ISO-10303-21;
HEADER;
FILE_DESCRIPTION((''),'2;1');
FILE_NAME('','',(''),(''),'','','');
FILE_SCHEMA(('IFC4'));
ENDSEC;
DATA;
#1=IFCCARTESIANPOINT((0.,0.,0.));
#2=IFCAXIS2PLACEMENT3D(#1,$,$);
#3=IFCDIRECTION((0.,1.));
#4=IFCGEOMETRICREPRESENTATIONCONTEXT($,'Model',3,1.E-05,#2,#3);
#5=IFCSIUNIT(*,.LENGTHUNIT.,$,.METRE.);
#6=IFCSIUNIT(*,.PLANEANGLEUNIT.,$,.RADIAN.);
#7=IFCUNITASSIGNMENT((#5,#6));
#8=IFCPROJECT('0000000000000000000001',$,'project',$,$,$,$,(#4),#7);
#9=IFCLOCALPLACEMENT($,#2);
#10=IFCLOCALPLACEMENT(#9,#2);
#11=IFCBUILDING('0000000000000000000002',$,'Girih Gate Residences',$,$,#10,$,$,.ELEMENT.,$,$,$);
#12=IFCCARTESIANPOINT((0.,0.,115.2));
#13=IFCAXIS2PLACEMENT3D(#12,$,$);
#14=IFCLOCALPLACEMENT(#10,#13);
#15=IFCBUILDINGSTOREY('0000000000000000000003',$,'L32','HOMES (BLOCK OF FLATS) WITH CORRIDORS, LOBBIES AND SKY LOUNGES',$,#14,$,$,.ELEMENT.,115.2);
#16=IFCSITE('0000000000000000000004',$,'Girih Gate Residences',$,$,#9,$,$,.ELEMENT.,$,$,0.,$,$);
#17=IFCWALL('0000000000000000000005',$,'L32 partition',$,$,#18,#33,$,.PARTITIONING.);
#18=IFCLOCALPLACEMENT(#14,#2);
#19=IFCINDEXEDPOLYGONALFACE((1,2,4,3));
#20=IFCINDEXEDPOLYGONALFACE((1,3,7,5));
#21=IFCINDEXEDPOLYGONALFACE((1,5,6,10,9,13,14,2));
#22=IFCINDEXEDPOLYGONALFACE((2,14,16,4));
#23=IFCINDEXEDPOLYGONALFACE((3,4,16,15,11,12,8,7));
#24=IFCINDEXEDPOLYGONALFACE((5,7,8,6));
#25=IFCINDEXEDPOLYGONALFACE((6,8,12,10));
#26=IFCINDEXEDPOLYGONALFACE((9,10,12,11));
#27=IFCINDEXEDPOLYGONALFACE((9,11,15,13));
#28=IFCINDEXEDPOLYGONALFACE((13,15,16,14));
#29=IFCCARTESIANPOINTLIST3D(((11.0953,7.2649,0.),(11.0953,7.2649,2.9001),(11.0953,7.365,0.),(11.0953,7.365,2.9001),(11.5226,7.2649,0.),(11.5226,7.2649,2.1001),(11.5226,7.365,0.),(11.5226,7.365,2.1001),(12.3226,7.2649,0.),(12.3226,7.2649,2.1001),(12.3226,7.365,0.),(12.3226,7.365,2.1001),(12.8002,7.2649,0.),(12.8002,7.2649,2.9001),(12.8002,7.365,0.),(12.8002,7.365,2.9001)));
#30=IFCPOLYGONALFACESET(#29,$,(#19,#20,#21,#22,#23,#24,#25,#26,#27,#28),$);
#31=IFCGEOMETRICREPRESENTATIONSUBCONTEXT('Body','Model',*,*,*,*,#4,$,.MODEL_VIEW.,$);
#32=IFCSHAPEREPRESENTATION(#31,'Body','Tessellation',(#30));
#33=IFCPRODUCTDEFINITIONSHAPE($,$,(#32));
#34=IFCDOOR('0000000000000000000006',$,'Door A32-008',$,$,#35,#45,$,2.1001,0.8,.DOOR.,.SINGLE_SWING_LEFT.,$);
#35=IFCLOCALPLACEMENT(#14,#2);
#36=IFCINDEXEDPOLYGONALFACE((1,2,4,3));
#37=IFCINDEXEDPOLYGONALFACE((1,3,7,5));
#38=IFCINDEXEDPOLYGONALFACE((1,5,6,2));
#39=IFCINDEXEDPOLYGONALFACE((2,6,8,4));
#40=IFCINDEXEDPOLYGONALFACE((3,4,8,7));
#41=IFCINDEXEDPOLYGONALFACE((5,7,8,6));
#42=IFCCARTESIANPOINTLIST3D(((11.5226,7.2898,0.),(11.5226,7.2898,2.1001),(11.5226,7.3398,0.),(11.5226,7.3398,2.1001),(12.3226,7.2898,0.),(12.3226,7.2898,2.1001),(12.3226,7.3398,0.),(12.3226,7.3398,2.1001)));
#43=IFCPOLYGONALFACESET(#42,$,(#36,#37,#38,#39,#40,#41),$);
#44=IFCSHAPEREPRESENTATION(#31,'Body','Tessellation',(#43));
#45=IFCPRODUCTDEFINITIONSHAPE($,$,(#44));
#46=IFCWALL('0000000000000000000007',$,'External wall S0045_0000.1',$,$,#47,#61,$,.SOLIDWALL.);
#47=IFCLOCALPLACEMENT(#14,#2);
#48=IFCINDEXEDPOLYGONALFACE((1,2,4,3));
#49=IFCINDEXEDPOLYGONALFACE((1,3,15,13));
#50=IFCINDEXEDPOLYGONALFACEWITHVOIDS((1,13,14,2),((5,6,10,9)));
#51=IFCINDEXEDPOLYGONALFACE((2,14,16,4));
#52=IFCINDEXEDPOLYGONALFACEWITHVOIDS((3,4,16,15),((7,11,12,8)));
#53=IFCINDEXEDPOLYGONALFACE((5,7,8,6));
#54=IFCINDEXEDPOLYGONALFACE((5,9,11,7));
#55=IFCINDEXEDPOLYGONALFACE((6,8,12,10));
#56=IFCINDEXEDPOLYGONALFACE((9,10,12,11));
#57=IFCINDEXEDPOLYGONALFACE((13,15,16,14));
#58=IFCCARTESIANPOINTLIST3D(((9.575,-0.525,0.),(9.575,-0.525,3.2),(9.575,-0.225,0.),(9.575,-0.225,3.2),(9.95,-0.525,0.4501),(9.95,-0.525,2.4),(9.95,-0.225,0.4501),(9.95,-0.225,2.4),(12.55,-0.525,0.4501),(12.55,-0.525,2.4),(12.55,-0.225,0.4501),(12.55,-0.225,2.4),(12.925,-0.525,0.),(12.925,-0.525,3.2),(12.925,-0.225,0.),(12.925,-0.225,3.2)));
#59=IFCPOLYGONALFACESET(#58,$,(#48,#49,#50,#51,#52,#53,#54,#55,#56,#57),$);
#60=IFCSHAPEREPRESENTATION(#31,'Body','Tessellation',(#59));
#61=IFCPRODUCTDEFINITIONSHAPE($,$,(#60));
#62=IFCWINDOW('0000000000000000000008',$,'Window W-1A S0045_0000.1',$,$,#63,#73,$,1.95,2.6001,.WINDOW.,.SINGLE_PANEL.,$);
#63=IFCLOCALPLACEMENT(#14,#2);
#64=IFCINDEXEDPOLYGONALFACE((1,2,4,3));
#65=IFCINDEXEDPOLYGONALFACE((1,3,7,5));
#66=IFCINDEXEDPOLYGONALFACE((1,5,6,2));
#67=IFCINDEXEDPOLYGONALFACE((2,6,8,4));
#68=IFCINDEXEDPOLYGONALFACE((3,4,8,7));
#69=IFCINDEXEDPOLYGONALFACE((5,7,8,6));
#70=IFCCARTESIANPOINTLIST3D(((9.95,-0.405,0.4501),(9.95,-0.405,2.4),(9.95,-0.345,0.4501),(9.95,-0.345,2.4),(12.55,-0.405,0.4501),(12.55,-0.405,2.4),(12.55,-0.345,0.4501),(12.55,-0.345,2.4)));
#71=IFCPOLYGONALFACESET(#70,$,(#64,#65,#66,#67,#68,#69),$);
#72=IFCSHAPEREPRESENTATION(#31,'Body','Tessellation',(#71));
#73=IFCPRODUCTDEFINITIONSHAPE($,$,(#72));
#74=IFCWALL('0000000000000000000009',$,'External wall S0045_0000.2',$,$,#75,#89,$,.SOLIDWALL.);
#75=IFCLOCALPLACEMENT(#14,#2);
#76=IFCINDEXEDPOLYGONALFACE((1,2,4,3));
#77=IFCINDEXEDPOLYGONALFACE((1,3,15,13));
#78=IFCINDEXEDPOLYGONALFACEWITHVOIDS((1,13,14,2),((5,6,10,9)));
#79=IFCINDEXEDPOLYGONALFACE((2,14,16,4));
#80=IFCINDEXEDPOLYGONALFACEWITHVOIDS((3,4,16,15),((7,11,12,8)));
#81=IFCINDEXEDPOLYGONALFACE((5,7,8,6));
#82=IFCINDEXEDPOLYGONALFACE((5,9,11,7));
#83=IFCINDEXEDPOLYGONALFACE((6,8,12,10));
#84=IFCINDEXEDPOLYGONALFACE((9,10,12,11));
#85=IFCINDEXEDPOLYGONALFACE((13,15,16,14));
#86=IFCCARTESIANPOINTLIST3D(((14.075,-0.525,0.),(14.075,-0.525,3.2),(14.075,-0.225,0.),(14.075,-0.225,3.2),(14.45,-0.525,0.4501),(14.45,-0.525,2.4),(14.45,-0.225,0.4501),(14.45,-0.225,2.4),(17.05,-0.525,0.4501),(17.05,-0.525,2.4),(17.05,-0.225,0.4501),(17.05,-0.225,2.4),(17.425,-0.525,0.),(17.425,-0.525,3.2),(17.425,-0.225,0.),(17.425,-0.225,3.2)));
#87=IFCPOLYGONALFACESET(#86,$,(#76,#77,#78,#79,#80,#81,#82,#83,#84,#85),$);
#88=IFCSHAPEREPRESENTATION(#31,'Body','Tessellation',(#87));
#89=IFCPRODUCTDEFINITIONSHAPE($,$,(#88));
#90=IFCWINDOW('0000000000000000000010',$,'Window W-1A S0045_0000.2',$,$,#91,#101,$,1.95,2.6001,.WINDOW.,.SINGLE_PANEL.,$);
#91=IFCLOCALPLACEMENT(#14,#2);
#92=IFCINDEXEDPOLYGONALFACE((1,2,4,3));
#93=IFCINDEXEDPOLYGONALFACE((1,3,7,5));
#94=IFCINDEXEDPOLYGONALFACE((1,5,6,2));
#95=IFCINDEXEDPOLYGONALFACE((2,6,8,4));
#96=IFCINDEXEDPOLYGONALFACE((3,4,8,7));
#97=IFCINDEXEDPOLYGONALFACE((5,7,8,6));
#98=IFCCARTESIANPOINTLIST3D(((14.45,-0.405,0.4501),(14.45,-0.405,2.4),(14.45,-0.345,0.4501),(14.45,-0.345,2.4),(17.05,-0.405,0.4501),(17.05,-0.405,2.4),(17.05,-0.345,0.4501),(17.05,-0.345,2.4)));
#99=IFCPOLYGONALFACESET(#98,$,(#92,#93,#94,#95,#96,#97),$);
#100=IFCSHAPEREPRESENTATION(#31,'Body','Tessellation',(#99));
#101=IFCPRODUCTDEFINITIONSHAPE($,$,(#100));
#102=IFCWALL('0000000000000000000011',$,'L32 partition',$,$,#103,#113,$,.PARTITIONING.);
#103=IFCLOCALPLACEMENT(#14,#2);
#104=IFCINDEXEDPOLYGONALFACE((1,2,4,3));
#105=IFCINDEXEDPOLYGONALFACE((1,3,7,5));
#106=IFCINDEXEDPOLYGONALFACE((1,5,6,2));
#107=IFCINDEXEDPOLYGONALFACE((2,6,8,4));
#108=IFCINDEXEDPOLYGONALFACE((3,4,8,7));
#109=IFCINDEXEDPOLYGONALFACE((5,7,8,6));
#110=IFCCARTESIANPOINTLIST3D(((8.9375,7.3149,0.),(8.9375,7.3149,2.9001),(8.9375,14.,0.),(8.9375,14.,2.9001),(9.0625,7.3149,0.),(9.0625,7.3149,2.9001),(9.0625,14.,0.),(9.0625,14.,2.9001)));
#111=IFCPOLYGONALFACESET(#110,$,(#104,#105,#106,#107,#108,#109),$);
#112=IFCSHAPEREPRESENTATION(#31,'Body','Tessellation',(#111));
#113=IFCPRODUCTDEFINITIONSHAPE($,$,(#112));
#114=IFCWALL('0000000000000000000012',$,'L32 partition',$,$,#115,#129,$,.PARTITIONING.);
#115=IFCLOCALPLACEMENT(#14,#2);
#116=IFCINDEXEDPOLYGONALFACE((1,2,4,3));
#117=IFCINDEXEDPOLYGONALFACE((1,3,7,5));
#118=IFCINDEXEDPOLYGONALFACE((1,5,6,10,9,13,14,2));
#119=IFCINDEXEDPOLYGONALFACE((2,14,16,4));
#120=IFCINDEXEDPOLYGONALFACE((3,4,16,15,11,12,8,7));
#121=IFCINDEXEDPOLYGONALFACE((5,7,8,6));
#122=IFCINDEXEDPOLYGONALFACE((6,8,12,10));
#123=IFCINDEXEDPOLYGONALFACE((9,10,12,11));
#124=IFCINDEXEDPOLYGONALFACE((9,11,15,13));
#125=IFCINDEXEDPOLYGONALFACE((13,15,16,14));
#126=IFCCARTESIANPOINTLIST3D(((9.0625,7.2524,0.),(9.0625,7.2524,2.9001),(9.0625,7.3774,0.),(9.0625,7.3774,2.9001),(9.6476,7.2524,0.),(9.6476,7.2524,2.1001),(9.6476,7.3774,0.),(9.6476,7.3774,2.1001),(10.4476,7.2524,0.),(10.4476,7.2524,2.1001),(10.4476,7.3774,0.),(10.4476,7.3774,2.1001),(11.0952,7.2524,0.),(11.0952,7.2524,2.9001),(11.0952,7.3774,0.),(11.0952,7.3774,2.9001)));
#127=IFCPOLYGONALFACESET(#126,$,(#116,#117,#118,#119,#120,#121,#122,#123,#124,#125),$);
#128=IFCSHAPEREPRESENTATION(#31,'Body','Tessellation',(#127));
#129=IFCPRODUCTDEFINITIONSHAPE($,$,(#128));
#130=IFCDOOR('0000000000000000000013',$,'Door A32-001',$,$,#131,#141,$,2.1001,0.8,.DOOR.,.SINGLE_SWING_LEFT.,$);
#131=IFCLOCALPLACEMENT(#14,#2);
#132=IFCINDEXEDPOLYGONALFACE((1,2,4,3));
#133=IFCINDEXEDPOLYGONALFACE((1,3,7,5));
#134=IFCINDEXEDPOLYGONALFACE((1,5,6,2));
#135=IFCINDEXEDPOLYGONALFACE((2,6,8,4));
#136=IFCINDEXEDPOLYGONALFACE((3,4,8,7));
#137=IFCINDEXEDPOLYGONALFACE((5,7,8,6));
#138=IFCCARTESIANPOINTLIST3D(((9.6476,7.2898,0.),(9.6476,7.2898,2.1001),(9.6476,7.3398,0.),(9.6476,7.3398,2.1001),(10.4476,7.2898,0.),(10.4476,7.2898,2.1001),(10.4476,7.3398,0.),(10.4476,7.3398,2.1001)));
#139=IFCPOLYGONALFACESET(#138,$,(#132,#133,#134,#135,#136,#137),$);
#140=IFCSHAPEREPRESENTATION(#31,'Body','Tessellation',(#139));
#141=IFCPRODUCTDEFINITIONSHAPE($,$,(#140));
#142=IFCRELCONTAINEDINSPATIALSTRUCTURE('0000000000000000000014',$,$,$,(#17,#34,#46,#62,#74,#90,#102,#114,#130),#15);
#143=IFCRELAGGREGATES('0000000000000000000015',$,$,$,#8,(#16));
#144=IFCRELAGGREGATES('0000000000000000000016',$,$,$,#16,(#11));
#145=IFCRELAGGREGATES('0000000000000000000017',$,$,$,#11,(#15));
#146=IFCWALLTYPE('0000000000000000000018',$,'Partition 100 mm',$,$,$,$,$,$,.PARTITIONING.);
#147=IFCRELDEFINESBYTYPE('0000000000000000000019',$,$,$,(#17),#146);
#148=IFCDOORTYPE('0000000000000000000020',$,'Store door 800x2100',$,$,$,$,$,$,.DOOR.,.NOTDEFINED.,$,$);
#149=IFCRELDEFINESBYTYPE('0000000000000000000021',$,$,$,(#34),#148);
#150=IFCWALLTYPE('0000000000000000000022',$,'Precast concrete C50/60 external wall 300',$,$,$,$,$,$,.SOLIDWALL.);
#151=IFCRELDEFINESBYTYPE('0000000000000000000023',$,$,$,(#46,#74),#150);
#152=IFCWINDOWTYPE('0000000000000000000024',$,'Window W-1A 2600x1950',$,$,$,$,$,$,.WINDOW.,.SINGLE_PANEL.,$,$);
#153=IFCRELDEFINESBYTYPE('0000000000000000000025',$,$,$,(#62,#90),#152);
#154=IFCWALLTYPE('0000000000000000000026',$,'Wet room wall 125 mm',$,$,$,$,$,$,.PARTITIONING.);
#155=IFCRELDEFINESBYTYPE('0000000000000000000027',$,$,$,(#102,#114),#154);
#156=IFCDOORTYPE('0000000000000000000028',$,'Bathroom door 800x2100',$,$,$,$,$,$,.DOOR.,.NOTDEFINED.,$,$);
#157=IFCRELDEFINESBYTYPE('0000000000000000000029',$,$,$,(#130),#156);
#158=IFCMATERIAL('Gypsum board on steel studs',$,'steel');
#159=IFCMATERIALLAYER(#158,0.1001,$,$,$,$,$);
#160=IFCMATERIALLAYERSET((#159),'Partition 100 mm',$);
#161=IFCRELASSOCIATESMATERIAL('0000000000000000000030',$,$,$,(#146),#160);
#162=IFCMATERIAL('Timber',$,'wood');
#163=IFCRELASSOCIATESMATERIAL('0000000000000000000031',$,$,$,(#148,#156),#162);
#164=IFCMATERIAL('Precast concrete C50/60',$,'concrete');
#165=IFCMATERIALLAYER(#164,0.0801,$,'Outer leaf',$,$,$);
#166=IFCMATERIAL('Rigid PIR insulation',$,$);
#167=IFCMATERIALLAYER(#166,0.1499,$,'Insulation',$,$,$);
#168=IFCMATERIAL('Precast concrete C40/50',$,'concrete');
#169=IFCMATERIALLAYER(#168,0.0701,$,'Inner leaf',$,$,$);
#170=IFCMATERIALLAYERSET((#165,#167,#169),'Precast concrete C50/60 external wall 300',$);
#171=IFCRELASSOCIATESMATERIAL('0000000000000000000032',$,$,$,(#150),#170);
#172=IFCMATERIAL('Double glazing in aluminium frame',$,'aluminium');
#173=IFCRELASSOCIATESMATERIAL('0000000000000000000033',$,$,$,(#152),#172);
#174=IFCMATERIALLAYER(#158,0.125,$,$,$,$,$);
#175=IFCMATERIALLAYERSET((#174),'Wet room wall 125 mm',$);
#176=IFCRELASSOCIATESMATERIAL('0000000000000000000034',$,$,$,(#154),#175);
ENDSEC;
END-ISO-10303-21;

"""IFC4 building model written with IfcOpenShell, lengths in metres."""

from ifc_helpers import new_model, si_unit, direction, frame, frame_2d, origin, place, context, subcontext, project, spatial, rectangle, extrude, material, layer, layer_set, type_object, element, fill, save


model = new_model("IFC4")

# Units and contexts
model_context = context("Model", 3, precision=1e-05, world=origin(), true_north=direction((0.0, 1.0)))
body_context = subcontext(model_context, "Body", "Model", "MODEL_VIEW")
ifc_project = project(units=[si_unit("LENGTHUNIT", "METRE"), si_unit("PLANEANGLEUNIT", "RADIAN")], contexts=[model_context])

# Site, building, storey
site_placement = place(None, origin())
site = spatial("IfcSite", under=ifc_project, at=site_placement, Name="Girih Gate Residences", CompositionType="ELEMENT", RefElevation=0.0)
building_placement = place(site_placement, origin())
building = spatial("IfcBuilding", under=site, at=building_placement, Name="Girih Gate Residences", CompositionType="ELEMENT")
storey_placement = place(building_placement, frame((0.0, 0.0, 115.2)))
storey = spatial("IfcBuildingStorey", under=building, at=storey_placement, Name="L32", Description="HOMES (BLOCK OF FLATS) WITH CORRIDORS, LOBBIES AND SKY LOUNGES", CompositionType="ELEMENT", Elevation=115.2)

# Shared definitions
ifc_material_1 = material(Name="Gypsum board on steel studs", Category="steel")
ifc_layer_1 = layer(ifc_material_1, 0.1001)
ifc_layer_set_1 = layer_set([ifc_layer_1], Name="Partition 100 mm")
wall_type_1 = type_object("IfcWallType", Name="Partition 100 mm", PredefinedType="PARTITIONING", material=ifc_layer_set_1)

# Wall, opening, door
ifc_material_2 = material(Name="Timber", Category="wood")
wall_1_placement = place(storey_placement, frame((11.0952, 7.3149, 0.0), z_axis=(0.0, 0.0, 1.0), x_axis=(1.0, 0.0, 0.0)))
wall_1 = element("IfcWall", 1, at=wall_1_placement, inside=storey, type_object=wall_type_1, Name="L32 partition", PredefinedType="PARTITIONING", context=body_context, shape_type="SweptSolid", body=[
    extrude(rectangle(XDim=1.7048, YDim=0.1001, at=frame_2d((0.8525, 0.0))), origin(), (0.0, 0.0, 1.0), 2.9001),
])
opening_1_placement = place(wall_1_placement, frame((0.4275, 0.0, 0.0)))
opening_1 = element("IfcOpeningElement", 2, at=opening_1_placement, cuts=wall_1, PredefinedType="OPENING", context=body_context, shape_type="SweptSolid", body=[
    extrude(rectangle(XDim=0.8, YDim=2.1001, at=frame_2d((0.3999, 1.05))), frame((0.0, 0.0601, 0.0), z_axis=(0.0, -1.0, 0.0), x_axis=(1.0, 0.0, 0.0)), (0.0, 0.0, 1.0), 0.1201),
])
door_type_1 = type_object("IfcDoorType", Name="Store door 800x2100", OperationType="NOTDEFINED", PredefinedType="DOOR", material=ifc_material_2)
door_1_placement = place(opening_1_placement, origin())
door_1 = element("IfcDoor", 3, at=door_1_placement, inside=storey, type_object=door_type_1, Name="Door A32-008", OperationType="SINGLE_SWING_LEFT", OverallHeight=2.1001, OverallWidth=0.8, PredefinedType="DOOR", context=body_context, shape_type="SweptSolid", body=[
    extrude(rectangle(XDim=0.8, YDim=2.1001, at=frame_2d((0.3999, 1.05))), frame((0.0, 0.0249, 0.0), z_axis=(0.0, -1.0, 0.0), x_axis=(1.0, 0.0, 0.0)), (0.0, 0.0, 1.0), 0.05),
])
fill(opening_1, door_1)

# Walls, openings, windows
ifc_material_3 = material(Name="Precast concrete C50/60", Category="concrete")
ifc_layer_2 = layer(ifc_material_3, 0.0801, Name="Outer leaf")
ifc_material_4 = material(Name="Rigid PIR insulation")
ifc_layer_3 = layer(ifc_material_4, 0.1499, Name="Insulation")
ifc_material_5 = material(Name="Precast concrete C40/50", Category="concrete")
ifc_layer_4 = layer(ifc_material_5, 0.0701, Name="Inner leaf")
ifc_layer_set_2 = layer_set([ifc_layer_2, ifc_layer_3, ifc_layer_4], Name="Precast concrete C50/60 external wall 300")
wall_type_2 = type_object("IfcWallType", Name="Precast concrete C50/60 external wall 300", PredefinedType="SOLIDWALL", material=ifc_layer_set_2)
wall_2_placement = place(storey_placement, frame((12.925, -0.375, 0.0), z_axis=(0.0, 0.0, 1.0), x_axis=(-1.0, 0.0, 0.0)))
wall_2 = element("IfcWall", 4, at=wall_2_placement, inside=storey, type_object=wall_type_2, Name="External wall S0045_0000.1", PredefinedType="SOLIDWALL", context=body_context, shape_type="SweptSolid", body=[
    extrude(rectangle(XDim=3.3501, YDim=0.3, at=frame_2d((1.675, 0.0))), origin(), (0.0, 0.0, 1.0), 3.2),
])
opening_2_placement = place(wall_2_placement, frame((0.375, 0.0, 0.45)))
opening_2 = element("IfcOpeningElement", 5, at=opening_2_placement, cuts=wall_2, PredefinedType="OPENING", context=body_context, shape_type="SweptSolid", body=[
    extrude(rectangle(XDim=2.6001, YDim=1.95, at=frame_2d((1.3, 0.9751))), frame((0.0, 0.1599, 0.0), z_axis=(0.0, -1.0, 0.0), x_axis=(1.0, 0.0, 0.0)), (0.0, 0.0, 1.0), 0.3201),
])
ifc_material_6 = material(Name="Double glazing in aluminium frame", Category="aluminium")
window_type = type_object("IfcWindowType", Name="Window W-1A 2600x1950", PartitioningType="SINGLE_PANEL", PredefinedType="WINDOW", material=ifc_material_6)
window_1_placement = place(opening_2_placement, origin())
window_1 = element("IfcWindow", 6, at=window_1_placement, inside=storey, type_object=window_type, Name="Window W-1A S0045_0000.1", OverallHeight=1.95, OverallWidth=2.6001, PartitioningType="SINGLE_PANEL", PredefinedType="WINDOW", context=body_context, shape_type="SweptSolid", body=[
    extrude(rectangle(XDim=2.6001, YDim=1.95, at=frame_2d((1.3, 0.9751))), frame((0.0, 0.03, 0.0), z_axis=(0.0, -1.0, 0.0), x_axis=(1.0, 0.0, 0.0)), (0.0, 0.0, 1.0), 0.0601),
])
fill(opening_2, window_1)
wall_3_placement = place(storey_placement, frame((17.425, -0.375, 0.0), z_axis=(0.0, 0.0, 1.0), x_axis=(-1.0, 0.0, 0.0)))
wall_3 = element("IfcWall", 7, at=wall_3_placement, inside=storey, type_object=wall_type_2, Name="External wall S0045_0000.2", PredefinedType="SOLIDWALL", context=body_context, shape_type="SweptSolid", body=[
    extrude(rectangle(XDim=3.3501, YDim=0.3, at=frame_2d((1.675, 0.0))), origin(), (0.0, 0.0, 1.0), 3.2),
])
opening_3_placement = place(wall_3_placement, frame((0.375, 0.0, 0.45)))
opening_3 = element("IfcOpeningElement", 8, at=opening_3_placement, cuts=wall_3, PredefinedType="OPENING", context=body_context, shape_type="SweptSolid", body=[
    extrude(rectangle(XDim=2.6001, YDim=1.95, at=frame_2d((1.3, 0.9751))), frame((0.0, 0.1599, 0.0), z_axis=(0.0, -1.0, 0.0), x_axis=(1.0, 0.0, 0.0)), (0.0, 0.0, 1.0), 0.3201),
])
window_2_placement = place(opening_3_placement, origin())
window_2 = element("IfcWindow", 9, at=window_2_placement, inside=storey, type_object=window_type, Name="Window W-1A S0045_0000.2", OverallHeight=1.95, OverallWidth=2.6001, PartitioningType="SINGLE_PANEL", PredefinedType="WINDOW", context=body_context, shape_type="SweptSolid", body=[
    extrude(rectangle(XDim=2.6001, YDim=1.95, at=frame_2d((1.3, 0.9751))), frame((0.0, 0.03, 0.0), z_axis=(0.0, -1.0, 0.0), x_axis=(1.0, 0.0, 0.0)), (0.0, 0.0, 1.0), 0.0601),
])
fill(opening_3, window_2)

# Wall
ifc_layer_5 = layer(ifc_material_1, 0.125)
ifc_layer_set_3 = layer_set([ifc_layer_5], Name="Wet room wall 125 mm")
wall_type_3 = type_object("IfcWallType", Name="Wet room wall 125 mm", PredefinedType="PARTITIONING", material=ifc_layer_set_3)
wall_4_placement = place(storey_placement, frame((9.0, 7.3149, 0.0), z_axis=(0.0, 0.0, 1.0), x_axis=(0.0, 1.0, 0.0)))
element("IfcWall", 10, at=wall_4_placement, inside=storey, type_object=wall_type_3, Name="L32 partition", PredefinedType="PARTITIONING", context=body_context, shape_type="SweptSolid", body=[
    extrude(rectangle(XDim=6.6851, YDim=0.125, at=frame_2d((3.3425, 0.0))), origin(), (0.0, 0.0, 1.0), 2.9001),
])

# Wall, opening, door
wall_5_placement = place(storey_placement, frame((9.0625, 7.3149, 0.0), z_axis=(0.0, 0.0, 1.0), x_axis=(1.0, 0.0, 0.0)))
wall_5 = element("IfcWall", 11, at=wall_5_placement, inside=storey, type_object=wall_type_3, Name="L32 partition", PredefinedType="PARTITIONING", context=body_context, shape_type="SweptSolid", body=[
    extrude(rectangle(XDim=2.0327, YDim=0.125, at=frame_2d((1.0164, 0.0))), origin(), (0.0, 0.0, 1.0), 2.9001),
])
opening_4_placement = place(wall_5_placement, frame((0.5852, 0.0, 0.0)))
opening_4 = element("IfcOpeningElement", 12, at=opening_4_placement, cuts=wall_5, PredefinedType="OPENING", context=body_context, shape_type="SweptSolid", body=[
    extrude(rectangle(XDim=0.8, YDim=2.1001, at=frame_2d((0.3999, 1.05))), frame((0.0, 0.0725, 0.0), z_axis=(0.0, -1.0, 0.0), x_axis=(1.0, 0.0, 0.0)), (0.0, 0.0, 1.0), 0.145),
])
door_type_2 = type_object("IfcDoorType", Name="Bathroom door 800x2100", OperationType="NOTDEFINED", PredefinedType="DOOR", material=ifc_material_2)
door_2_placement = place(opening_4_placement, origin())
door_2 = element("IfcDoor", 13, at=door_2_placement, inside=storey, type_object=door_type_2, Name="Door A32-001", OperationType="SINGLE_SWING_LEFT", OverallHeight=2.1001, OverallWidth=0.8, PredefinedType="DOOR", context=body_context, shape_type="SweptSolid", body=[
    extrude(rectangle(XDim=0.8, YDim=2.1001, at=frame_2d((0.3999, 1.05))), frame((0.0, 0.0249, 0.0), z_axis=(0.0, -1.0, 0.0), x_axis=(1.0, 0.0, 0.0)), (0.0, 0.0, 1.0), 0.05),
])
fill(opening_4, door_2)

save(model, "model.ifc")
